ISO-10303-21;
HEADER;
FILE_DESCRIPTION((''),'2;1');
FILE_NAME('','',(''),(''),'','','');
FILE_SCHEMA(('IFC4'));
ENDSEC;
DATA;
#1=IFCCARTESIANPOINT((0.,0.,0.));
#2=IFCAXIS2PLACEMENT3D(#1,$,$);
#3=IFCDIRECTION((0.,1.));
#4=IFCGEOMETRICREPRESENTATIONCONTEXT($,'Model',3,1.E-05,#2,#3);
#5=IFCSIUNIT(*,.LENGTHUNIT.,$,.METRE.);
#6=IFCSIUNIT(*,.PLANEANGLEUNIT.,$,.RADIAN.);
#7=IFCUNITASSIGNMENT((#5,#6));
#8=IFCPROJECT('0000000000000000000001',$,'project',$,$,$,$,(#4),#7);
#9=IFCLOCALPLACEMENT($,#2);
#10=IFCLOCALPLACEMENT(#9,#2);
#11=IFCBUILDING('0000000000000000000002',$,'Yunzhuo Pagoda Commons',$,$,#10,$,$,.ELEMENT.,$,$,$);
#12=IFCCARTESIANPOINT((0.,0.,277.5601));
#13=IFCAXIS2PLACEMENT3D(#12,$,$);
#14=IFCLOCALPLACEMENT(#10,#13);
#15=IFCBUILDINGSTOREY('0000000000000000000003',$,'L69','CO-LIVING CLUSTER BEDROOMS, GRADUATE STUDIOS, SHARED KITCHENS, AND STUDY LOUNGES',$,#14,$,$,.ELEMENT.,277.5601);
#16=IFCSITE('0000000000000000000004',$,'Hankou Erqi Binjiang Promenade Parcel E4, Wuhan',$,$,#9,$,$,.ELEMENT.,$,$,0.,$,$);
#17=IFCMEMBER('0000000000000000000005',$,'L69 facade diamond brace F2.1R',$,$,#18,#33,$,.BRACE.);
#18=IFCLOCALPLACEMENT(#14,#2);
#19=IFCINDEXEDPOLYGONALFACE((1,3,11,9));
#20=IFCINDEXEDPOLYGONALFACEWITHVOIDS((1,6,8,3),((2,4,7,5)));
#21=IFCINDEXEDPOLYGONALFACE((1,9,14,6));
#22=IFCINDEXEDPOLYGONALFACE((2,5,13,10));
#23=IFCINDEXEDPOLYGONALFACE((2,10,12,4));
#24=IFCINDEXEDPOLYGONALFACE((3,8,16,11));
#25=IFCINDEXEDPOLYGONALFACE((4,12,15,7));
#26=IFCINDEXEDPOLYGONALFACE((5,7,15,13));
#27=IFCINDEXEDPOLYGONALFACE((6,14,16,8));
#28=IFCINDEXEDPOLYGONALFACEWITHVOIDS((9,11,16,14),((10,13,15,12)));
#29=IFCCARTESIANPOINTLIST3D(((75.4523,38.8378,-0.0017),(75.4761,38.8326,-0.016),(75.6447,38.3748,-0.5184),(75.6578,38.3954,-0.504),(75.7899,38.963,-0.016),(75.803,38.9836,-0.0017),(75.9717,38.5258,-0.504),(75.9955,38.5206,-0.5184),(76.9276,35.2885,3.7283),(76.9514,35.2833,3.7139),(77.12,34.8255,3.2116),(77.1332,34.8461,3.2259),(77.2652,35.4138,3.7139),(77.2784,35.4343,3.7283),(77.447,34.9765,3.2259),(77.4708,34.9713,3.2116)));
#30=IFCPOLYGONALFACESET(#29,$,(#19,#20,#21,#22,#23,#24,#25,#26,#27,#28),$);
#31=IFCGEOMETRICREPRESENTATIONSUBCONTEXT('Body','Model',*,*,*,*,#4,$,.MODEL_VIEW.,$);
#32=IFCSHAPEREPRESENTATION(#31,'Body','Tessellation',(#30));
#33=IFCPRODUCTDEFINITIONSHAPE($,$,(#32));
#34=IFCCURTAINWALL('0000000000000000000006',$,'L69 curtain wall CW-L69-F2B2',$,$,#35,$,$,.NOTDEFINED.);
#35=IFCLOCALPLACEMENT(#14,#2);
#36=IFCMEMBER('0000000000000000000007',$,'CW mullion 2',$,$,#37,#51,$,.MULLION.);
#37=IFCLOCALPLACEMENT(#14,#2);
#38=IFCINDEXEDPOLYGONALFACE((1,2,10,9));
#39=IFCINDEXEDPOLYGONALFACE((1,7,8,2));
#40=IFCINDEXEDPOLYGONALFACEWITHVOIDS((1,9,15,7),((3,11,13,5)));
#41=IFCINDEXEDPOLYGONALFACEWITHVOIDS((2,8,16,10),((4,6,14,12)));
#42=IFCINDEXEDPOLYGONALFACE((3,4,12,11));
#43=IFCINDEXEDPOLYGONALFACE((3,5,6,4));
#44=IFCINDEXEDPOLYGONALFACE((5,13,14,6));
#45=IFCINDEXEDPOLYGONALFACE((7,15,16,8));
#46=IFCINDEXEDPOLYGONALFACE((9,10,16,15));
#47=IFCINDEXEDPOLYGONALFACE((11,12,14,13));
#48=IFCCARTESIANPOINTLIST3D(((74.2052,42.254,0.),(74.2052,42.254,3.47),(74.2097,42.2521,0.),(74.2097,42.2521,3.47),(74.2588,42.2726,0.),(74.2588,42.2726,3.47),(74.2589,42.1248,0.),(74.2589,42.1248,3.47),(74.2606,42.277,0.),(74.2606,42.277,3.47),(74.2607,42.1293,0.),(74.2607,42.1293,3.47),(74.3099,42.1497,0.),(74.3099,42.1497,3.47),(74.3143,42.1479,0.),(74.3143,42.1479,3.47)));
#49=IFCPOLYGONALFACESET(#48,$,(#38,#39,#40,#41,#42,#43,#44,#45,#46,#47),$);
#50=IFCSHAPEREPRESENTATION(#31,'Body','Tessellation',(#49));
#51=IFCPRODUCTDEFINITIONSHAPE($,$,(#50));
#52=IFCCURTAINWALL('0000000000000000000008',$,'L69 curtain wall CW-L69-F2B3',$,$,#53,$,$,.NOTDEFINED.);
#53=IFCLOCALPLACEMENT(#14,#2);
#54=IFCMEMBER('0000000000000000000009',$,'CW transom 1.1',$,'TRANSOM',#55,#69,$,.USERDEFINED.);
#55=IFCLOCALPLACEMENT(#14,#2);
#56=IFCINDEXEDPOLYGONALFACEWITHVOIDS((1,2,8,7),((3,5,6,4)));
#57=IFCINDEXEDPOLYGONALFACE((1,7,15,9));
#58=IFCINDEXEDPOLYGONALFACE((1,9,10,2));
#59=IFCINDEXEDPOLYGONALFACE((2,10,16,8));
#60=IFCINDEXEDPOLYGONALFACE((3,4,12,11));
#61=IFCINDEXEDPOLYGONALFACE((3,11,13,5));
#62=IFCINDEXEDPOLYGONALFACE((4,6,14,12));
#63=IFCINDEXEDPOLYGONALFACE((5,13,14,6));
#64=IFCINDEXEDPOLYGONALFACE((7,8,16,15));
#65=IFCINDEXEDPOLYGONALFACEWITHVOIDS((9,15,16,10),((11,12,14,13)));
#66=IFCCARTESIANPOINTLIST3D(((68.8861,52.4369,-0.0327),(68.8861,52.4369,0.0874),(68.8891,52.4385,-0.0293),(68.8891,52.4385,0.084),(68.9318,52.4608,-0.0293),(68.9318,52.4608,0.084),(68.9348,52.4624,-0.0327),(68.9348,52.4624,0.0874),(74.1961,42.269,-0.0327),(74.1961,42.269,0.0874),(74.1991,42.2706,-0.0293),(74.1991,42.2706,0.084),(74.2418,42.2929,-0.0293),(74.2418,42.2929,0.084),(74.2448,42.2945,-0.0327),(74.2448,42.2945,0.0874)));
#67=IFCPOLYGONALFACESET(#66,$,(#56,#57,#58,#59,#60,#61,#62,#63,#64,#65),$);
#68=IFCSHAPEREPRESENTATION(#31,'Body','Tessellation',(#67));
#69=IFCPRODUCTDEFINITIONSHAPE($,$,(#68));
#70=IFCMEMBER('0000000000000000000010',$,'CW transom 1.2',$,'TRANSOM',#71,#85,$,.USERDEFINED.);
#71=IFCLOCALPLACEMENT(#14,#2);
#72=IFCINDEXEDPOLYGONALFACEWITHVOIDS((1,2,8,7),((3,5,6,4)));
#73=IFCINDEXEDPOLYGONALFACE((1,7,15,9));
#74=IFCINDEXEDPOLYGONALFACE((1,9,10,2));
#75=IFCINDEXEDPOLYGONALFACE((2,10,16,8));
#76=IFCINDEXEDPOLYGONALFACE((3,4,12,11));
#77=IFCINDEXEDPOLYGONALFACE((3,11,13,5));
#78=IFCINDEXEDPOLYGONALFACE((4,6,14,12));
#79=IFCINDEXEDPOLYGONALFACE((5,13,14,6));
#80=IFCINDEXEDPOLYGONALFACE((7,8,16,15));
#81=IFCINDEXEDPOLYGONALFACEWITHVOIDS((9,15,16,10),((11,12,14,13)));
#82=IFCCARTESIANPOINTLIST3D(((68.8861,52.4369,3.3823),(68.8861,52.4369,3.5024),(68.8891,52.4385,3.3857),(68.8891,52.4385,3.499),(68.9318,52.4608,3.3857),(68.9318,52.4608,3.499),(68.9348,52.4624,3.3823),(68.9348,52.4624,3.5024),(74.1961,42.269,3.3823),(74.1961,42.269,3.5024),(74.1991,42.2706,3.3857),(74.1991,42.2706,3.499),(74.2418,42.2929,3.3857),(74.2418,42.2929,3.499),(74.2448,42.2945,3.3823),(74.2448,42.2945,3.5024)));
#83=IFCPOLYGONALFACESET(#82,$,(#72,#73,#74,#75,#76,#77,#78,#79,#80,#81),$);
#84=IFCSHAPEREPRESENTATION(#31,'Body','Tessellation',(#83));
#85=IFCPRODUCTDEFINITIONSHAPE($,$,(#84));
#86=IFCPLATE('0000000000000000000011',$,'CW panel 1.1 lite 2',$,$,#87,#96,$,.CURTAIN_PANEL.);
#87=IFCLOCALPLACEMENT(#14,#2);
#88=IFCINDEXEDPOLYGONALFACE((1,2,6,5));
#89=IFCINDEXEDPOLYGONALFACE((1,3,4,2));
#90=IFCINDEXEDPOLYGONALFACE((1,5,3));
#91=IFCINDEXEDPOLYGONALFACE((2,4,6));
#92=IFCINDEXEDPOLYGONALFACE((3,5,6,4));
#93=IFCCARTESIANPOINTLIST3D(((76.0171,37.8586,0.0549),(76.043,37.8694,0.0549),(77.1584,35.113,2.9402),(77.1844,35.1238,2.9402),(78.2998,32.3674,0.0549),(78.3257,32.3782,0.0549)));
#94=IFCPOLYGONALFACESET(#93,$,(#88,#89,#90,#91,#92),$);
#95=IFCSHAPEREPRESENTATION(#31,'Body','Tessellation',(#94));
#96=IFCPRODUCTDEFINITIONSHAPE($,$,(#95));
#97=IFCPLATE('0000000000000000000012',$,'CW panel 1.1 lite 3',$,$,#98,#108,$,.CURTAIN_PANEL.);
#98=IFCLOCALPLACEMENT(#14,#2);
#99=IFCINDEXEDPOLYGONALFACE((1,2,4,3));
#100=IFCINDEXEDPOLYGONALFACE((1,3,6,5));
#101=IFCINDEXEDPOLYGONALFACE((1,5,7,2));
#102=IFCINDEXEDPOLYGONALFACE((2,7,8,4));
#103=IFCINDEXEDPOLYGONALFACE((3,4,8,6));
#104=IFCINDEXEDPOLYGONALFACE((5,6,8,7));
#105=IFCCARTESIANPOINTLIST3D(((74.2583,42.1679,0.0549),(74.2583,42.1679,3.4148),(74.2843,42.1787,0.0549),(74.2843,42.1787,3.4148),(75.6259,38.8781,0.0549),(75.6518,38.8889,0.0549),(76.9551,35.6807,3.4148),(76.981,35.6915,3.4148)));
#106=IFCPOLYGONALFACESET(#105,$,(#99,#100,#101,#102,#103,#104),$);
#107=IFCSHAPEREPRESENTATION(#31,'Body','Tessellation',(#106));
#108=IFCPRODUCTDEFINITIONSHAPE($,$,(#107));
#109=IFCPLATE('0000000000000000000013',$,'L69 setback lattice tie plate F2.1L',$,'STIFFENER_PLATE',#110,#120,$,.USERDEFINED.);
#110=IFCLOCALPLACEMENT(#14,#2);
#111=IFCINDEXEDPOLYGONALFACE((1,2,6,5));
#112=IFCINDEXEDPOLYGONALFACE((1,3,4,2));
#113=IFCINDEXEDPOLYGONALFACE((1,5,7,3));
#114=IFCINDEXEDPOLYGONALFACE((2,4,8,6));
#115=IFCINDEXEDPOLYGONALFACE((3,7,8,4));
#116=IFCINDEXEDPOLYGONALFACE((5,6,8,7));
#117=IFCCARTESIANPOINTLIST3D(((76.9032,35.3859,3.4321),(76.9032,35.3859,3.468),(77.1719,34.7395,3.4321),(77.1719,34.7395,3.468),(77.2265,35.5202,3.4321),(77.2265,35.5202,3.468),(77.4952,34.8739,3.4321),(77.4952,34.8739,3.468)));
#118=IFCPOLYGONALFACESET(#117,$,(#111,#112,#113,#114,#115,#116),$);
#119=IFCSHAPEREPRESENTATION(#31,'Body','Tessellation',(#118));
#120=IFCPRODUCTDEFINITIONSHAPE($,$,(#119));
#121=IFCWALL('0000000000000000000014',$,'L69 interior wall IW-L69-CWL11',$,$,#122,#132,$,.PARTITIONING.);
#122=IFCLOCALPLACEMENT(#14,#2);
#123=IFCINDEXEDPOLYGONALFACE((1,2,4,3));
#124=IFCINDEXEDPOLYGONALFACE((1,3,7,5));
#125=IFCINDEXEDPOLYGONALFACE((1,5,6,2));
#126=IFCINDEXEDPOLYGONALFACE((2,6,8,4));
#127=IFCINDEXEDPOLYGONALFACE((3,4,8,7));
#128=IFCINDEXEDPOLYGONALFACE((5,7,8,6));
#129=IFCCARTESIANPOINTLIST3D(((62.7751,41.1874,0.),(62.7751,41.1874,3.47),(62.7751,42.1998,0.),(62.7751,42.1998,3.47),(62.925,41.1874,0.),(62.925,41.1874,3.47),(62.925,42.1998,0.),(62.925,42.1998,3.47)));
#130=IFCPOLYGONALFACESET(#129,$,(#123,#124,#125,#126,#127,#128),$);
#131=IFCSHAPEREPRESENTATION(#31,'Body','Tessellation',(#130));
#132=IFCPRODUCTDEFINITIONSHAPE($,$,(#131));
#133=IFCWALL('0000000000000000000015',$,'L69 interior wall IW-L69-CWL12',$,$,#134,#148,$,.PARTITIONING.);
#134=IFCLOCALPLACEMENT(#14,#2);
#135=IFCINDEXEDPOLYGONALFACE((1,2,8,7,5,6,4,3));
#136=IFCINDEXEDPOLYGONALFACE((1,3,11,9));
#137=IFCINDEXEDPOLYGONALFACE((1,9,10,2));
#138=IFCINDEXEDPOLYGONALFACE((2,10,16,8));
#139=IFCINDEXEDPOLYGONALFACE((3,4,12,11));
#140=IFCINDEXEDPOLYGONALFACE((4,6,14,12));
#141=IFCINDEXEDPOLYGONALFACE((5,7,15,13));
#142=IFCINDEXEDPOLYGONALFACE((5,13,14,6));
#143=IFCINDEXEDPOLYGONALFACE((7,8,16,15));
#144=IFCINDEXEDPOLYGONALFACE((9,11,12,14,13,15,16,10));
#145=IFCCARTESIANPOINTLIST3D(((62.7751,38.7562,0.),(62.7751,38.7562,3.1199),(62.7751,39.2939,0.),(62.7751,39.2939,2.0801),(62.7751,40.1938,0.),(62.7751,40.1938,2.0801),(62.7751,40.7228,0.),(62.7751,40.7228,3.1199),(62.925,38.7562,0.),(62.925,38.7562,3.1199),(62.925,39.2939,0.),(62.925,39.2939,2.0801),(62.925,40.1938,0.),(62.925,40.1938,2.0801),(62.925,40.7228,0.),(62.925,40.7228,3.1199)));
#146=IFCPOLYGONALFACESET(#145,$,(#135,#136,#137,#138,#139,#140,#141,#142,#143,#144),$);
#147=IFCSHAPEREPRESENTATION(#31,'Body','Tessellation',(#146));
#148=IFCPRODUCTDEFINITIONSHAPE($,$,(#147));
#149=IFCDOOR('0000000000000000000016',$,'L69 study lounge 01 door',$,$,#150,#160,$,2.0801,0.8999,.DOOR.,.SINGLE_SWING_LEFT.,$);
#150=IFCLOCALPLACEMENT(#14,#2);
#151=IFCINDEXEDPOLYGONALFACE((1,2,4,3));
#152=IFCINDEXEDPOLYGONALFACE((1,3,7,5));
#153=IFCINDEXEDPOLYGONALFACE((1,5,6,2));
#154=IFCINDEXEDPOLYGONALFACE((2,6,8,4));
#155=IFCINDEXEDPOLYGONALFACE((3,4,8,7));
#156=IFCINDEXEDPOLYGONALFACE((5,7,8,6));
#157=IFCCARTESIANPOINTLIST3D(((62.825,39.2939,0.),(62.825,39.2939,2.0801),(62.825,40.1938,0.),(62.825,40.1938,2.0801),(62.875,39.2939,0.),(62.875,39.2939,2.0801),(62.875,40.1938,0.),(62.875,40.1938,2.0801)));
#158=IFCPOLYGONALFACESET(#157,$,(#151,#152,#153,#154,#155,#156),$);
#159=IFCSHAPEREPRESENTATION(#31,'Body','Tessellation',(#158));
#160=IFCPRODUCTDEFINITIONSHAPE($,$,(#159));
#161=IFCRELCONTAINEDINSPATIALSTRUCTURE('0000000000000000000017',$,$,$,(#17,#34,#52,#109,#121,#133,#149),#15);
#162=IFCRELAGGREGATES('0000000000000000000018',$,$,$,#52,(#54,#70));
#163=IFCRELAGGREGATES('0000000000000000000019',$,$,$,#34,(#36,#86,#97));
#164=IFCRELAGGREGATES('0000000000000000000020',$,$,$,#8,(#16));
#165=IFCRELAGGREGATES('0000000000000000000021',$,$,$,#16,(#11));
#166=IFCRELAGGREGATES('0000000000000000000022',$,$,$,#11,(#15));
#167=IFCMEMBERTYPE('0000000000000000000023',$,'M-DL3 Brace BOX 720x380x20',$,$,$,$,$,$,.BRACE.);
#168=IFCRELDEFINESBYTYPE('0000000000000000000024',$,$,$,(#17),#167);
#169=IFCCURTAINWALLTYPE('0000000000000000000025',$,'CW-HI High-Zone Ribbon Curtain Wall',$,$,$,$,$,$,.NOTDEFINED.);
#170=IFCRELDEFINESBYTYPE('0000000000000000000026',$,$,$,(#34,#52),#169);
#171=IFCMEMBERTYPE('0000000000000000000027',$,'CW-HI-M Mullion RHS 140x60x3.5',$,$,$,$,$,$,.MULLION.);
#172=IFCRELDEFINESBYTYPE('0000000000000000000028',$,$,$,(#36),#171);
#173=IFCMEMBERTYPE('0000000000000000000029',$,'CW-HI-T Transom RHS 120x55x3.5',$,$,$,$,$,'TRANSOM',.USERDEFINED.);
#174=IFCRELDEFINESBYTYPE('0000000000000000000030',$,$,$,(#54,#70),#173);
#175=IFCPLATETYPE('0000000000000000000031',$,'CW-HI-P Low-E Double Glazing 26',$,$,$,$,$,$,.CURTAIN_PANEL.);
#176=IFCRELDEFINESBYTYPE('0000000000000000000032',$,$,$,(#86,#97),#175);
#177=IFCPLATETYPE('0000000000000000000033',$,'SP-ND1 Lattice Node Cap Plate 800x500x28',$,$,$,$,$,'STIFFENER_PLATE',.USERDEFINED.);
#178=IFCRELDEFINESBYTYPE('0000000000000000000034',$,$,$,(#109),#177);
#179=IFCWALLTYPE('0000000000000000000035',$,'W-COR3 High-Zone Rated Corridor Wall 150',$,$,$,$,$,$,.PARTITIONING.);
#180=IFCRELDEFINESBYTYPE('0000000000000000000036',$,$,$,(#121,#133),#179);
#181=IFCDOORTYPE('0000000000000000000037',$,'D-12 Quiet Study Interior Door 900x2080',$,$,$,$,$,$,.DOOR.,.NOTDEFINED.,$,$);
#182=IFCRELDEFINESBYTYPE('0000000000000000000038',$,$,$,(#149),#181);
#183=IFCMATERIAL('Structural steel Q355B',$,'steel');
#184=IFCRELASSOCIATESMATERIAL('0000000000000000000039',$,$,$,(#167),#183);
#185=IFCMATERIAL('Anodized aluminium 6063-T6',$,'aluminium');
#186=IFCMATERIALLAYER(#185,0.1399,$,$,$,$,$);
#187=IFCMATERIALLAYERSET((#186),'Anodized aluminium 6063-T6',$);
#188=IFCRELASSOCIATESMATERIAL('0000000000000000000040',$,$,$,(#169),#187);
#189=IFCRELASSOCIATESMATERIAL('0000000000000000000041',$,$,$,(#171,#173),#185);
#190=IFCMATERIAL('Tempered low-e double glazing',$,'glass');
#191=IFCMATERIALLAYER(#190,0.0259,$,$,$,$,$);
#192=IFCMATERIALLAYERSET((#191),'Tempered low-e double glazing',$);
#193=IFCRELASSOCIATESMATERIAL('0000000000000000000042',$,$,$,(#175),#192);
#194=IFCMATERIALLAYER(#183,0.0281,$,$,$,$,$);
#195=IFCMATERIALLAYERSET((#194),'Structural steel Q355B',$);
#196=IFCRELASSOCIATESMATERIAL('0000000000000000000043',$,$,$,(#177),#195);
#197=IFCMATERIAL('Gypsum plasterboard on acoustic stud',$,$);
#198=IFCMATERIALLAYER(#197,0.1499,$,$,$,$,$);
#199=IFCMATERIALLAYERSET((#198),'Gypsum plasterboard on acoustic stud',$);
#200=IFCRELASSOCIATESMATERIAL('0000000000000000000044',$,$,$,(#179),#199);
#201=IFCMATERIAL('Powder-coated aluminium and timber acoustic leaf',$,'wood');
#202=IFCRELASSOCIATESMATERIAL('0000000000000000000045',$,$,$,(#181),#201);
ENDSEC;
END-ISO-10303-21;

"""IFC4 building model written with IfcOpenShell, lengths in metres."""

from ifc_helpers import new_model, si_unit, direction, frame, frame_2d, origin, origin_with_axes, origin_2d, place, context, subcontext, project, spatial, polyline, rectangle, hollow_rectangle, outline, extrude, source, transform, mapped, material, layer, layer_set, material_profile, profile_set, type_object, element, fill, aggregate, save


model = new_model("IFC4")

# Units and contexts
model_context = context("Model", 3, precision=1e-05, world=origin(), true_north=direction((0.0, 1.0)))
body_context = subcontext(model_context, "Body", "Model", "MODEL_VIEW")
ifc_project = project(units=[si_unit("LENGTHUNIT", "METRE"), si_unit("PLANEANGLEUNIT", "RADIAN")], contexts=[model_context])

# Site, building, storey
site_placement = place(None, origin())
site = spatial("IfcSite", under=ifc_project, at=site_placement, Name="Hankou Erqi Binjiang Promenade Parcel E4, Wuhan", CompositionType="ELEMENT", RefElevation=0.0)
building_placement = place(site_placement, origin())
building = spatial("IfcBuilding", under=site, at=building_placement, Name="Yunzhuo Pagoda Commons", CompositionType="ELEMENT")
storey_placement = place(building_placement, frame((0.0, 0.0, 277.5601)))
storey = spatial("IfcBuildingStorey", under=building, at=storey_placement, Name="L69", Description="CO-LIVING CLUSTER BEDROOMS, GRADUATE STUDIOS, SHARED KITCHENS, AND STUDY LOUNGES", CompositionType="ELEMENT", Elevation=277.5601)

# Shared definitions
ifc_material_1 = material(Name="Structural steel Q355B", Category="steel")

# Member
ifc_material_profile_1 = material_profile(ifc_material_1, hollow_rectangle(XDim=0.3799, YDim=0.72, WallThickness=0.02, at=origin_2d()), Name="Structural steel Q355B")
ifc_profile_set_1 = profile_set([ifc_material_profile_1], Name="Structural steel Q355B")
member_type_1 = type_object("IfcMemberType", Name="M-DL3 Brace BOX 720x380x20", PredefinedType="BRACE", material=ifc_profile_set_1)
shared_shape_1 = source(origin(), body_context, "Body", "SweptSolid", [
    extrude(hollow_rectangle(XDim=0.3799, YDim=0.72, WallThickness=0.02, at=origin_2d()), origin(), (0.0, 0.0, 1.0), 5.356),
])
member_1_placement = place(storey_placement, frame((75.7239, 38.6792, -0.26), z_axis=(0.275454, -0.662677, 0.696408), x_axis=(0.923404, 0.38383, 0.0)))
element("IfcMember", 1, at=member_1_placement, inside=storey, type_object=member_type_1, Name="L69 facade diamond brace F2.1R", PredefinedType="BRACE", context=body_context, shape_type="MappedRepresentation", body=[
    mapped(shared_shape_1, transform((0.0, 0.0, 0.0), scale=1.0)),
])

# Curtain wall, member
ifc_material_2 = material(Name="Anodized aluminium 6063-T6", Category="aluminium")
ifc_layer_1 = layer(ifc_material_2, 0.1399)
ifc_layer_set_1 = layer_set([ifc_layer_1], Name="Anodized aluminium 6063-T6")
curtain_wall_type = type_object("IfcCurtainWallType", Name="CW-HI High-Zone Ribbon Curtain Wall", PredefinedType="NOTDEFINED", material=ifc_layer_set_1)
curtain_wall_1_placement = place(storey_placement, origin())
curtain_wall_1 = element("IfcCurtainWall", 2, at=curtain_wall_1_placement, inside=storey, type_object=curtain_wall_type, Name="L69 curtain wall CW-L69-F2B2", PredefinedType="NOTDEFINED")
ifc_material_profile_2 = material_profile(ifc_material_2, hollow_rectangle(XDim=0.0601, YDim=0.1399, WallThickness=0.0034, at=origin_2d()), Name="Anodized aluminium 6063-T6")
ifc_profile_set_2 = profile_set([ifc_material_profile_2], Name="Anodized aluminium 6063-T6")
member_type_2 = type_object("IfcMemberType", Name="CW-HI-M Mullion RHS 140x60x3.5", PredefinedType="MULLION", material=ifc_profile_set_2)
shared_shape_2 = source(origin(), body_context, "Body", "SweptSolid", [
    extrude(hollow_rectangle(XDim=0.0601, YDim=0.1399, WallThickness=0.0034, at=origin_2d()), origin(), (0.0, 0.0, 1.0), 3.47),
])
member_2_placement = place(storey_placement, frame((74.2598, 42.2009, 0.0), z_axis=(0.0, 0.0, 1.0), x_axis=(-0.923394, -0.383855, 0.0)))
member_2 = element("IfcMember", 3, at=member_2_placement, type_object=member_type_2, Name="CW mullion 2", PredefinedType="MULLION", context=body_context, shape_type="MappedRepresentation", body=[
    mapped(shared_shape_2, transform((0.0, 0.0, 0.0), scale=1.0)),
])

# Curtain wall, members
curtain_wall_2_placement = place(storey_placement, origin())
curtain_wall_2 = element("IfcCurtainWall", 4, at=curtain_wall_2_placement, inside=storey, type_object=curtain_wall_type, Name="L69 curtain wall CW-L69-F2B3", PredefinedType="NOTDEFINED")
ifc_material_profile_3 = material_profile(ifc_material_2, hollow_rectangle(XDim=0.0549, YDim=0.1201, WallThickness=0.0034, at=origin_2d()), Name="Anodized aluminium 6063-T6")
ifc_profile_set_3 = profile_set([ifc_material_profile_3], Name="Anodized aluminium 6063-T6")
member_type_3 = type_object("IfcMemberType", Name="CW-HI-T Transom RHS 120x55x3.5", ElementType="TRANSOM", PredefinedType="USERDEFINED", material=ifc_profile_set_3)
shared_shape_3 = source(origin(), body_context, "Body", "SweptSolid", [
    extrude(hollow_rectangle(XDim=0.0549, YDim=0.1201, WallThickness=0.0034, at=origin_2d()), origin(), (0.0, 0.0, 1.0), 11.4709),
])
member_3_placement = place(storey_placement, frame((74.2205, 42.2817, 0.0273), z_axis=(-0.462911, 0.886405, 0.0), x_axis=(-0.886405, -0.462911, 0.0)))
member_3 = element("IfcMember", 5, at=member_3_placement, type_object=member_type_3, Name="CW transom 1.1", ObjectType="TRANSOM", PredefinedType="USERDEFINED", context=body_context, shape_type="MappedRepresentation", body=[
    mapped(shared_shape_3, transform((0.0, 0.0, 0.0), scale=1.0)),
])
member_4_placement = place(storey_placement, frame((74.2205, 42.2817, 3.4424), z_axis=(-0.462911, 0.886405, 0.0), x_axis=(-0.886405, -0.462911, 0.0)))
member_4 = element("IfcMember", 6, at=member_4_placement, type_object=member_type_3, Name="CW transom 1.2", ObjectType="TRANSOM", PredefinedType="USERDEFINED", context=body_context, shape_type="MappedRepresentation", body=[
    mapped(shared_shape_3, transform((0.0, 0.0, 0.0), scale=1.0)),
])
aggregate(curtain_wall_2, [member_3, member_4])

# Plates
ifc_material_3 = material(Name="Tempered low-e double glazing", Category="glass")
ifc_layer_2 = layer(ifc_material_3, 0.0259)
ifc_layer_set_2 = layer_set([ifc_layer_2], Name="Tempered low-e double glazing")
plate_type_1 = type_object("IfcPlateType", Name="CW-HI-P Low-E Double Glazing 26", PredefinedType="CURTAIN_PANEL", material=ifc_layer_set_2)
plate_1_placement = place(storey_placement, frame((77.1584, 35.113, 1.4976), z_axis=(0.923394, 0.383855, 0.0), x_axis=(-0.383855, 0.923394, 0.0)))
plate_1 = element("IfcPlate", 7, at=plate_1_placement, type_object=plate_type_1, Name="CW panel 1.1 lite 2", PredefinedType="CURTAIN_PANEL", context=body_context, shape_type="SweptSolid", body=[
    extrude(outline(polyline([(-2.9734, -1.4426), (2.9734, -1.4426), (0.0, 1.4426), (-2.9734, -1.4426)])), origin(), (0.0, 0.0, 1.0), 0.0281),
])
plate_2_placement = place(storey_placement, frame((75.6067, 38.9243, 1.7349), z_axis=(0.923394, 0.383855, 0.0), x_axis=(-0.383855, 0.923394, 0.0)))
plate_2 = element("IfcPlate", 8, at=plate_2_placement, type_object=plate_type_1, Name="CW panel 1.1 lite 3", PredefinedType="CURTAIN_PANEL", context=body_context, shape_type="SweptSolid", body=[
    extrude(outline(polyline([(-3.5127, 1.6799), (-0.05, -1.6799), (3.5127, -1.6799), (3.5127, 1.6799), (-3.5127, 1.6799)])), origin(), (0.0, 0.0, 1.0), 0.0281),
])
aggregate(curtain_wall_1, [member_2, plate_1, plate_2])
ifc_layer_3 = layer(ifc_material_1, 0.0281)
ifc_layer_set_3 = layer_set([ifc_layer_3], Name="Structural steel Q355B")
plate_type_2 = type_object("IfcPlateType", Name="SP-ND1 Lattice Node Cap Plate 800x500x28", ElementType="STIFFENER_PLATE", PredefinedType="USERDEFINED", material=ifc_layer_set_3)
shared_shape_4 = source(origin(), body_context, "Body", "SweptSolid", [
    extrude(rectangle(XDim=0.7, YDim=0.3501, at=origin_2d()), origin(), (0.0, 0.0, 1.0), 0.0359),
])
plate_3_placement = place(storey_placement, frame((77.1992, 35.1299, 3.4321), z_axis=(0.0, 0.0, 1.0), x_axis=(-0.38386, 0.923391, 0.0)))
element("IfcPlate", 9, at=plate_3_placement, inside=storey, type_object=plate_type_2, Name="L69 setback lattice tie plate F2.1L", ObjectType="STIFFENER_PLATE", PredefinedType="USERDEFINED", context=body_context, shape_type="MappedRepresentation", body=[
    mapped(shared_shape_4, transform((0.0, 0.0, 0.0), scale=1.0)),
])

# Wall
ifc_material_4 = material(Name="Gypsum plasterboard on acoustic stud")
ifc_layer_4 = layer(ifc_material_4, 0.1499)
ifc_layer_set_4 = layer_set([ifc_layer_4], Name="Gypsum plasterboard on acoustic stud")
wall_type_1 = type_object("IfcWallType", Name="W-COR3 High-Zone Rated Corridor Wall 150", PredefinedType="PARTITIONING", material=ifc_layer_set_4)
wall_1_placement = place(storey_placement, frame((62.8501, 42.2, 0.0), z_axis=(0.0, 0.0, 1.0), x_axis=(0.0, -1.0, 0.0)))
element("IfcWall", 10, at=wall_1_placement, inside=storey, type_object=wall_type_1, Name="L69 interior wall IW-L69-CWL11", PredefinedType="PARTITIONING", context=body_context, shape_type="SweptSolid", body=[
    extrude(rectangle(XDim=1.0125, YDim=0.1499, at=frame_2d((0.5063, 0.0))), origin(), (0.0, 0.0, 1.0), 3.47),
])

# Wall, opening, door
wall_2_placement = place(storey_placement, frame((62.8501, 40.7229, 0.0), z_axis=(0.0, 0.0, 1.0), x_axis=(0.0, -1.0, 0.0)))
wall_2 = element("IfcWall", 11, at=wall_2_placement, inside=storey, type_object=wall_type_1, Name="L69 interior wall IW-L69-CWL12", PredefinedType="PARTITIONING", context=body_context, shape_type="SweptSolid", body=[
    extrude(rectangle(XDim=1.9666, YDim=0.1499, at=frame_2d((0.9834, 0.0))), origin(), (0.0, 0.0, 1.0), 3.1199),
])
opening_1_placement = place(wall_2_placement, frame((0.5291, 0.0, 0.0)))
opening_1 = element("IfcOpeningElement", 12, at=opening_1_placement, cuts=wall_2, PredefinedType="OPENING", context=body_context, shape_type="SweptSolid", body=[
    extrude(rectangle(XDim=0.8999, YDim=2.0801, at=frame_2d((0.45, 1.04))), frame((0.0, 0.085, 0.0), z_axis=(0.0, -1.0, 0.0), x_axis=(1.0, 0.0, 0.0)), (0.0, 0.0, 1.0), 0.1699),
])
ifc_material_5 = material(Name="Powder-coated aluminium and timber acoustic leaf", Category="wood")
door_type_1 = type_object("IfcDoorType", Name="D-12 Quiet Study Interior Door 900x2080", OperationType="NOTDEFINED", PredefinedType="DOOR", material=ifc_material_5)
shared_shape_5 = source(origin(), body_context, "Body", "SweptSolid", [
    extrude(rectangle(XDim=0.8999, YDim=2.0801, at=frame_2d((0.45, 1.04))), frame((0.0, 0.0249, 0.0), z_axis=(0.0, -1.0, 0.0), x_axis=(1.0, 0.0, 0.0)), (0.0, 0.0, 1.0), 0.05),
])
door_1_placement = place(opening_1_placement, origin_with_axes())
door_1 = element("IfcDoor", 13, at=door_1_placement, inside=storey, type_object=door_type_1, Name="L69 study lounge 01 door", OperationType="SINGLE_SWING_LEFT", OverallHeight=2.0801, OverallWidth=0.8999, PredefinedType="DOOR", context=body_context, shape_type="MappedRepresentation", body=[
    mapped(shared_shape_5, transform((0.0, 0.0, 0.0), scale=1.0)),
])
fill(opening_1, door_1)

save(model, "model.ifc")
